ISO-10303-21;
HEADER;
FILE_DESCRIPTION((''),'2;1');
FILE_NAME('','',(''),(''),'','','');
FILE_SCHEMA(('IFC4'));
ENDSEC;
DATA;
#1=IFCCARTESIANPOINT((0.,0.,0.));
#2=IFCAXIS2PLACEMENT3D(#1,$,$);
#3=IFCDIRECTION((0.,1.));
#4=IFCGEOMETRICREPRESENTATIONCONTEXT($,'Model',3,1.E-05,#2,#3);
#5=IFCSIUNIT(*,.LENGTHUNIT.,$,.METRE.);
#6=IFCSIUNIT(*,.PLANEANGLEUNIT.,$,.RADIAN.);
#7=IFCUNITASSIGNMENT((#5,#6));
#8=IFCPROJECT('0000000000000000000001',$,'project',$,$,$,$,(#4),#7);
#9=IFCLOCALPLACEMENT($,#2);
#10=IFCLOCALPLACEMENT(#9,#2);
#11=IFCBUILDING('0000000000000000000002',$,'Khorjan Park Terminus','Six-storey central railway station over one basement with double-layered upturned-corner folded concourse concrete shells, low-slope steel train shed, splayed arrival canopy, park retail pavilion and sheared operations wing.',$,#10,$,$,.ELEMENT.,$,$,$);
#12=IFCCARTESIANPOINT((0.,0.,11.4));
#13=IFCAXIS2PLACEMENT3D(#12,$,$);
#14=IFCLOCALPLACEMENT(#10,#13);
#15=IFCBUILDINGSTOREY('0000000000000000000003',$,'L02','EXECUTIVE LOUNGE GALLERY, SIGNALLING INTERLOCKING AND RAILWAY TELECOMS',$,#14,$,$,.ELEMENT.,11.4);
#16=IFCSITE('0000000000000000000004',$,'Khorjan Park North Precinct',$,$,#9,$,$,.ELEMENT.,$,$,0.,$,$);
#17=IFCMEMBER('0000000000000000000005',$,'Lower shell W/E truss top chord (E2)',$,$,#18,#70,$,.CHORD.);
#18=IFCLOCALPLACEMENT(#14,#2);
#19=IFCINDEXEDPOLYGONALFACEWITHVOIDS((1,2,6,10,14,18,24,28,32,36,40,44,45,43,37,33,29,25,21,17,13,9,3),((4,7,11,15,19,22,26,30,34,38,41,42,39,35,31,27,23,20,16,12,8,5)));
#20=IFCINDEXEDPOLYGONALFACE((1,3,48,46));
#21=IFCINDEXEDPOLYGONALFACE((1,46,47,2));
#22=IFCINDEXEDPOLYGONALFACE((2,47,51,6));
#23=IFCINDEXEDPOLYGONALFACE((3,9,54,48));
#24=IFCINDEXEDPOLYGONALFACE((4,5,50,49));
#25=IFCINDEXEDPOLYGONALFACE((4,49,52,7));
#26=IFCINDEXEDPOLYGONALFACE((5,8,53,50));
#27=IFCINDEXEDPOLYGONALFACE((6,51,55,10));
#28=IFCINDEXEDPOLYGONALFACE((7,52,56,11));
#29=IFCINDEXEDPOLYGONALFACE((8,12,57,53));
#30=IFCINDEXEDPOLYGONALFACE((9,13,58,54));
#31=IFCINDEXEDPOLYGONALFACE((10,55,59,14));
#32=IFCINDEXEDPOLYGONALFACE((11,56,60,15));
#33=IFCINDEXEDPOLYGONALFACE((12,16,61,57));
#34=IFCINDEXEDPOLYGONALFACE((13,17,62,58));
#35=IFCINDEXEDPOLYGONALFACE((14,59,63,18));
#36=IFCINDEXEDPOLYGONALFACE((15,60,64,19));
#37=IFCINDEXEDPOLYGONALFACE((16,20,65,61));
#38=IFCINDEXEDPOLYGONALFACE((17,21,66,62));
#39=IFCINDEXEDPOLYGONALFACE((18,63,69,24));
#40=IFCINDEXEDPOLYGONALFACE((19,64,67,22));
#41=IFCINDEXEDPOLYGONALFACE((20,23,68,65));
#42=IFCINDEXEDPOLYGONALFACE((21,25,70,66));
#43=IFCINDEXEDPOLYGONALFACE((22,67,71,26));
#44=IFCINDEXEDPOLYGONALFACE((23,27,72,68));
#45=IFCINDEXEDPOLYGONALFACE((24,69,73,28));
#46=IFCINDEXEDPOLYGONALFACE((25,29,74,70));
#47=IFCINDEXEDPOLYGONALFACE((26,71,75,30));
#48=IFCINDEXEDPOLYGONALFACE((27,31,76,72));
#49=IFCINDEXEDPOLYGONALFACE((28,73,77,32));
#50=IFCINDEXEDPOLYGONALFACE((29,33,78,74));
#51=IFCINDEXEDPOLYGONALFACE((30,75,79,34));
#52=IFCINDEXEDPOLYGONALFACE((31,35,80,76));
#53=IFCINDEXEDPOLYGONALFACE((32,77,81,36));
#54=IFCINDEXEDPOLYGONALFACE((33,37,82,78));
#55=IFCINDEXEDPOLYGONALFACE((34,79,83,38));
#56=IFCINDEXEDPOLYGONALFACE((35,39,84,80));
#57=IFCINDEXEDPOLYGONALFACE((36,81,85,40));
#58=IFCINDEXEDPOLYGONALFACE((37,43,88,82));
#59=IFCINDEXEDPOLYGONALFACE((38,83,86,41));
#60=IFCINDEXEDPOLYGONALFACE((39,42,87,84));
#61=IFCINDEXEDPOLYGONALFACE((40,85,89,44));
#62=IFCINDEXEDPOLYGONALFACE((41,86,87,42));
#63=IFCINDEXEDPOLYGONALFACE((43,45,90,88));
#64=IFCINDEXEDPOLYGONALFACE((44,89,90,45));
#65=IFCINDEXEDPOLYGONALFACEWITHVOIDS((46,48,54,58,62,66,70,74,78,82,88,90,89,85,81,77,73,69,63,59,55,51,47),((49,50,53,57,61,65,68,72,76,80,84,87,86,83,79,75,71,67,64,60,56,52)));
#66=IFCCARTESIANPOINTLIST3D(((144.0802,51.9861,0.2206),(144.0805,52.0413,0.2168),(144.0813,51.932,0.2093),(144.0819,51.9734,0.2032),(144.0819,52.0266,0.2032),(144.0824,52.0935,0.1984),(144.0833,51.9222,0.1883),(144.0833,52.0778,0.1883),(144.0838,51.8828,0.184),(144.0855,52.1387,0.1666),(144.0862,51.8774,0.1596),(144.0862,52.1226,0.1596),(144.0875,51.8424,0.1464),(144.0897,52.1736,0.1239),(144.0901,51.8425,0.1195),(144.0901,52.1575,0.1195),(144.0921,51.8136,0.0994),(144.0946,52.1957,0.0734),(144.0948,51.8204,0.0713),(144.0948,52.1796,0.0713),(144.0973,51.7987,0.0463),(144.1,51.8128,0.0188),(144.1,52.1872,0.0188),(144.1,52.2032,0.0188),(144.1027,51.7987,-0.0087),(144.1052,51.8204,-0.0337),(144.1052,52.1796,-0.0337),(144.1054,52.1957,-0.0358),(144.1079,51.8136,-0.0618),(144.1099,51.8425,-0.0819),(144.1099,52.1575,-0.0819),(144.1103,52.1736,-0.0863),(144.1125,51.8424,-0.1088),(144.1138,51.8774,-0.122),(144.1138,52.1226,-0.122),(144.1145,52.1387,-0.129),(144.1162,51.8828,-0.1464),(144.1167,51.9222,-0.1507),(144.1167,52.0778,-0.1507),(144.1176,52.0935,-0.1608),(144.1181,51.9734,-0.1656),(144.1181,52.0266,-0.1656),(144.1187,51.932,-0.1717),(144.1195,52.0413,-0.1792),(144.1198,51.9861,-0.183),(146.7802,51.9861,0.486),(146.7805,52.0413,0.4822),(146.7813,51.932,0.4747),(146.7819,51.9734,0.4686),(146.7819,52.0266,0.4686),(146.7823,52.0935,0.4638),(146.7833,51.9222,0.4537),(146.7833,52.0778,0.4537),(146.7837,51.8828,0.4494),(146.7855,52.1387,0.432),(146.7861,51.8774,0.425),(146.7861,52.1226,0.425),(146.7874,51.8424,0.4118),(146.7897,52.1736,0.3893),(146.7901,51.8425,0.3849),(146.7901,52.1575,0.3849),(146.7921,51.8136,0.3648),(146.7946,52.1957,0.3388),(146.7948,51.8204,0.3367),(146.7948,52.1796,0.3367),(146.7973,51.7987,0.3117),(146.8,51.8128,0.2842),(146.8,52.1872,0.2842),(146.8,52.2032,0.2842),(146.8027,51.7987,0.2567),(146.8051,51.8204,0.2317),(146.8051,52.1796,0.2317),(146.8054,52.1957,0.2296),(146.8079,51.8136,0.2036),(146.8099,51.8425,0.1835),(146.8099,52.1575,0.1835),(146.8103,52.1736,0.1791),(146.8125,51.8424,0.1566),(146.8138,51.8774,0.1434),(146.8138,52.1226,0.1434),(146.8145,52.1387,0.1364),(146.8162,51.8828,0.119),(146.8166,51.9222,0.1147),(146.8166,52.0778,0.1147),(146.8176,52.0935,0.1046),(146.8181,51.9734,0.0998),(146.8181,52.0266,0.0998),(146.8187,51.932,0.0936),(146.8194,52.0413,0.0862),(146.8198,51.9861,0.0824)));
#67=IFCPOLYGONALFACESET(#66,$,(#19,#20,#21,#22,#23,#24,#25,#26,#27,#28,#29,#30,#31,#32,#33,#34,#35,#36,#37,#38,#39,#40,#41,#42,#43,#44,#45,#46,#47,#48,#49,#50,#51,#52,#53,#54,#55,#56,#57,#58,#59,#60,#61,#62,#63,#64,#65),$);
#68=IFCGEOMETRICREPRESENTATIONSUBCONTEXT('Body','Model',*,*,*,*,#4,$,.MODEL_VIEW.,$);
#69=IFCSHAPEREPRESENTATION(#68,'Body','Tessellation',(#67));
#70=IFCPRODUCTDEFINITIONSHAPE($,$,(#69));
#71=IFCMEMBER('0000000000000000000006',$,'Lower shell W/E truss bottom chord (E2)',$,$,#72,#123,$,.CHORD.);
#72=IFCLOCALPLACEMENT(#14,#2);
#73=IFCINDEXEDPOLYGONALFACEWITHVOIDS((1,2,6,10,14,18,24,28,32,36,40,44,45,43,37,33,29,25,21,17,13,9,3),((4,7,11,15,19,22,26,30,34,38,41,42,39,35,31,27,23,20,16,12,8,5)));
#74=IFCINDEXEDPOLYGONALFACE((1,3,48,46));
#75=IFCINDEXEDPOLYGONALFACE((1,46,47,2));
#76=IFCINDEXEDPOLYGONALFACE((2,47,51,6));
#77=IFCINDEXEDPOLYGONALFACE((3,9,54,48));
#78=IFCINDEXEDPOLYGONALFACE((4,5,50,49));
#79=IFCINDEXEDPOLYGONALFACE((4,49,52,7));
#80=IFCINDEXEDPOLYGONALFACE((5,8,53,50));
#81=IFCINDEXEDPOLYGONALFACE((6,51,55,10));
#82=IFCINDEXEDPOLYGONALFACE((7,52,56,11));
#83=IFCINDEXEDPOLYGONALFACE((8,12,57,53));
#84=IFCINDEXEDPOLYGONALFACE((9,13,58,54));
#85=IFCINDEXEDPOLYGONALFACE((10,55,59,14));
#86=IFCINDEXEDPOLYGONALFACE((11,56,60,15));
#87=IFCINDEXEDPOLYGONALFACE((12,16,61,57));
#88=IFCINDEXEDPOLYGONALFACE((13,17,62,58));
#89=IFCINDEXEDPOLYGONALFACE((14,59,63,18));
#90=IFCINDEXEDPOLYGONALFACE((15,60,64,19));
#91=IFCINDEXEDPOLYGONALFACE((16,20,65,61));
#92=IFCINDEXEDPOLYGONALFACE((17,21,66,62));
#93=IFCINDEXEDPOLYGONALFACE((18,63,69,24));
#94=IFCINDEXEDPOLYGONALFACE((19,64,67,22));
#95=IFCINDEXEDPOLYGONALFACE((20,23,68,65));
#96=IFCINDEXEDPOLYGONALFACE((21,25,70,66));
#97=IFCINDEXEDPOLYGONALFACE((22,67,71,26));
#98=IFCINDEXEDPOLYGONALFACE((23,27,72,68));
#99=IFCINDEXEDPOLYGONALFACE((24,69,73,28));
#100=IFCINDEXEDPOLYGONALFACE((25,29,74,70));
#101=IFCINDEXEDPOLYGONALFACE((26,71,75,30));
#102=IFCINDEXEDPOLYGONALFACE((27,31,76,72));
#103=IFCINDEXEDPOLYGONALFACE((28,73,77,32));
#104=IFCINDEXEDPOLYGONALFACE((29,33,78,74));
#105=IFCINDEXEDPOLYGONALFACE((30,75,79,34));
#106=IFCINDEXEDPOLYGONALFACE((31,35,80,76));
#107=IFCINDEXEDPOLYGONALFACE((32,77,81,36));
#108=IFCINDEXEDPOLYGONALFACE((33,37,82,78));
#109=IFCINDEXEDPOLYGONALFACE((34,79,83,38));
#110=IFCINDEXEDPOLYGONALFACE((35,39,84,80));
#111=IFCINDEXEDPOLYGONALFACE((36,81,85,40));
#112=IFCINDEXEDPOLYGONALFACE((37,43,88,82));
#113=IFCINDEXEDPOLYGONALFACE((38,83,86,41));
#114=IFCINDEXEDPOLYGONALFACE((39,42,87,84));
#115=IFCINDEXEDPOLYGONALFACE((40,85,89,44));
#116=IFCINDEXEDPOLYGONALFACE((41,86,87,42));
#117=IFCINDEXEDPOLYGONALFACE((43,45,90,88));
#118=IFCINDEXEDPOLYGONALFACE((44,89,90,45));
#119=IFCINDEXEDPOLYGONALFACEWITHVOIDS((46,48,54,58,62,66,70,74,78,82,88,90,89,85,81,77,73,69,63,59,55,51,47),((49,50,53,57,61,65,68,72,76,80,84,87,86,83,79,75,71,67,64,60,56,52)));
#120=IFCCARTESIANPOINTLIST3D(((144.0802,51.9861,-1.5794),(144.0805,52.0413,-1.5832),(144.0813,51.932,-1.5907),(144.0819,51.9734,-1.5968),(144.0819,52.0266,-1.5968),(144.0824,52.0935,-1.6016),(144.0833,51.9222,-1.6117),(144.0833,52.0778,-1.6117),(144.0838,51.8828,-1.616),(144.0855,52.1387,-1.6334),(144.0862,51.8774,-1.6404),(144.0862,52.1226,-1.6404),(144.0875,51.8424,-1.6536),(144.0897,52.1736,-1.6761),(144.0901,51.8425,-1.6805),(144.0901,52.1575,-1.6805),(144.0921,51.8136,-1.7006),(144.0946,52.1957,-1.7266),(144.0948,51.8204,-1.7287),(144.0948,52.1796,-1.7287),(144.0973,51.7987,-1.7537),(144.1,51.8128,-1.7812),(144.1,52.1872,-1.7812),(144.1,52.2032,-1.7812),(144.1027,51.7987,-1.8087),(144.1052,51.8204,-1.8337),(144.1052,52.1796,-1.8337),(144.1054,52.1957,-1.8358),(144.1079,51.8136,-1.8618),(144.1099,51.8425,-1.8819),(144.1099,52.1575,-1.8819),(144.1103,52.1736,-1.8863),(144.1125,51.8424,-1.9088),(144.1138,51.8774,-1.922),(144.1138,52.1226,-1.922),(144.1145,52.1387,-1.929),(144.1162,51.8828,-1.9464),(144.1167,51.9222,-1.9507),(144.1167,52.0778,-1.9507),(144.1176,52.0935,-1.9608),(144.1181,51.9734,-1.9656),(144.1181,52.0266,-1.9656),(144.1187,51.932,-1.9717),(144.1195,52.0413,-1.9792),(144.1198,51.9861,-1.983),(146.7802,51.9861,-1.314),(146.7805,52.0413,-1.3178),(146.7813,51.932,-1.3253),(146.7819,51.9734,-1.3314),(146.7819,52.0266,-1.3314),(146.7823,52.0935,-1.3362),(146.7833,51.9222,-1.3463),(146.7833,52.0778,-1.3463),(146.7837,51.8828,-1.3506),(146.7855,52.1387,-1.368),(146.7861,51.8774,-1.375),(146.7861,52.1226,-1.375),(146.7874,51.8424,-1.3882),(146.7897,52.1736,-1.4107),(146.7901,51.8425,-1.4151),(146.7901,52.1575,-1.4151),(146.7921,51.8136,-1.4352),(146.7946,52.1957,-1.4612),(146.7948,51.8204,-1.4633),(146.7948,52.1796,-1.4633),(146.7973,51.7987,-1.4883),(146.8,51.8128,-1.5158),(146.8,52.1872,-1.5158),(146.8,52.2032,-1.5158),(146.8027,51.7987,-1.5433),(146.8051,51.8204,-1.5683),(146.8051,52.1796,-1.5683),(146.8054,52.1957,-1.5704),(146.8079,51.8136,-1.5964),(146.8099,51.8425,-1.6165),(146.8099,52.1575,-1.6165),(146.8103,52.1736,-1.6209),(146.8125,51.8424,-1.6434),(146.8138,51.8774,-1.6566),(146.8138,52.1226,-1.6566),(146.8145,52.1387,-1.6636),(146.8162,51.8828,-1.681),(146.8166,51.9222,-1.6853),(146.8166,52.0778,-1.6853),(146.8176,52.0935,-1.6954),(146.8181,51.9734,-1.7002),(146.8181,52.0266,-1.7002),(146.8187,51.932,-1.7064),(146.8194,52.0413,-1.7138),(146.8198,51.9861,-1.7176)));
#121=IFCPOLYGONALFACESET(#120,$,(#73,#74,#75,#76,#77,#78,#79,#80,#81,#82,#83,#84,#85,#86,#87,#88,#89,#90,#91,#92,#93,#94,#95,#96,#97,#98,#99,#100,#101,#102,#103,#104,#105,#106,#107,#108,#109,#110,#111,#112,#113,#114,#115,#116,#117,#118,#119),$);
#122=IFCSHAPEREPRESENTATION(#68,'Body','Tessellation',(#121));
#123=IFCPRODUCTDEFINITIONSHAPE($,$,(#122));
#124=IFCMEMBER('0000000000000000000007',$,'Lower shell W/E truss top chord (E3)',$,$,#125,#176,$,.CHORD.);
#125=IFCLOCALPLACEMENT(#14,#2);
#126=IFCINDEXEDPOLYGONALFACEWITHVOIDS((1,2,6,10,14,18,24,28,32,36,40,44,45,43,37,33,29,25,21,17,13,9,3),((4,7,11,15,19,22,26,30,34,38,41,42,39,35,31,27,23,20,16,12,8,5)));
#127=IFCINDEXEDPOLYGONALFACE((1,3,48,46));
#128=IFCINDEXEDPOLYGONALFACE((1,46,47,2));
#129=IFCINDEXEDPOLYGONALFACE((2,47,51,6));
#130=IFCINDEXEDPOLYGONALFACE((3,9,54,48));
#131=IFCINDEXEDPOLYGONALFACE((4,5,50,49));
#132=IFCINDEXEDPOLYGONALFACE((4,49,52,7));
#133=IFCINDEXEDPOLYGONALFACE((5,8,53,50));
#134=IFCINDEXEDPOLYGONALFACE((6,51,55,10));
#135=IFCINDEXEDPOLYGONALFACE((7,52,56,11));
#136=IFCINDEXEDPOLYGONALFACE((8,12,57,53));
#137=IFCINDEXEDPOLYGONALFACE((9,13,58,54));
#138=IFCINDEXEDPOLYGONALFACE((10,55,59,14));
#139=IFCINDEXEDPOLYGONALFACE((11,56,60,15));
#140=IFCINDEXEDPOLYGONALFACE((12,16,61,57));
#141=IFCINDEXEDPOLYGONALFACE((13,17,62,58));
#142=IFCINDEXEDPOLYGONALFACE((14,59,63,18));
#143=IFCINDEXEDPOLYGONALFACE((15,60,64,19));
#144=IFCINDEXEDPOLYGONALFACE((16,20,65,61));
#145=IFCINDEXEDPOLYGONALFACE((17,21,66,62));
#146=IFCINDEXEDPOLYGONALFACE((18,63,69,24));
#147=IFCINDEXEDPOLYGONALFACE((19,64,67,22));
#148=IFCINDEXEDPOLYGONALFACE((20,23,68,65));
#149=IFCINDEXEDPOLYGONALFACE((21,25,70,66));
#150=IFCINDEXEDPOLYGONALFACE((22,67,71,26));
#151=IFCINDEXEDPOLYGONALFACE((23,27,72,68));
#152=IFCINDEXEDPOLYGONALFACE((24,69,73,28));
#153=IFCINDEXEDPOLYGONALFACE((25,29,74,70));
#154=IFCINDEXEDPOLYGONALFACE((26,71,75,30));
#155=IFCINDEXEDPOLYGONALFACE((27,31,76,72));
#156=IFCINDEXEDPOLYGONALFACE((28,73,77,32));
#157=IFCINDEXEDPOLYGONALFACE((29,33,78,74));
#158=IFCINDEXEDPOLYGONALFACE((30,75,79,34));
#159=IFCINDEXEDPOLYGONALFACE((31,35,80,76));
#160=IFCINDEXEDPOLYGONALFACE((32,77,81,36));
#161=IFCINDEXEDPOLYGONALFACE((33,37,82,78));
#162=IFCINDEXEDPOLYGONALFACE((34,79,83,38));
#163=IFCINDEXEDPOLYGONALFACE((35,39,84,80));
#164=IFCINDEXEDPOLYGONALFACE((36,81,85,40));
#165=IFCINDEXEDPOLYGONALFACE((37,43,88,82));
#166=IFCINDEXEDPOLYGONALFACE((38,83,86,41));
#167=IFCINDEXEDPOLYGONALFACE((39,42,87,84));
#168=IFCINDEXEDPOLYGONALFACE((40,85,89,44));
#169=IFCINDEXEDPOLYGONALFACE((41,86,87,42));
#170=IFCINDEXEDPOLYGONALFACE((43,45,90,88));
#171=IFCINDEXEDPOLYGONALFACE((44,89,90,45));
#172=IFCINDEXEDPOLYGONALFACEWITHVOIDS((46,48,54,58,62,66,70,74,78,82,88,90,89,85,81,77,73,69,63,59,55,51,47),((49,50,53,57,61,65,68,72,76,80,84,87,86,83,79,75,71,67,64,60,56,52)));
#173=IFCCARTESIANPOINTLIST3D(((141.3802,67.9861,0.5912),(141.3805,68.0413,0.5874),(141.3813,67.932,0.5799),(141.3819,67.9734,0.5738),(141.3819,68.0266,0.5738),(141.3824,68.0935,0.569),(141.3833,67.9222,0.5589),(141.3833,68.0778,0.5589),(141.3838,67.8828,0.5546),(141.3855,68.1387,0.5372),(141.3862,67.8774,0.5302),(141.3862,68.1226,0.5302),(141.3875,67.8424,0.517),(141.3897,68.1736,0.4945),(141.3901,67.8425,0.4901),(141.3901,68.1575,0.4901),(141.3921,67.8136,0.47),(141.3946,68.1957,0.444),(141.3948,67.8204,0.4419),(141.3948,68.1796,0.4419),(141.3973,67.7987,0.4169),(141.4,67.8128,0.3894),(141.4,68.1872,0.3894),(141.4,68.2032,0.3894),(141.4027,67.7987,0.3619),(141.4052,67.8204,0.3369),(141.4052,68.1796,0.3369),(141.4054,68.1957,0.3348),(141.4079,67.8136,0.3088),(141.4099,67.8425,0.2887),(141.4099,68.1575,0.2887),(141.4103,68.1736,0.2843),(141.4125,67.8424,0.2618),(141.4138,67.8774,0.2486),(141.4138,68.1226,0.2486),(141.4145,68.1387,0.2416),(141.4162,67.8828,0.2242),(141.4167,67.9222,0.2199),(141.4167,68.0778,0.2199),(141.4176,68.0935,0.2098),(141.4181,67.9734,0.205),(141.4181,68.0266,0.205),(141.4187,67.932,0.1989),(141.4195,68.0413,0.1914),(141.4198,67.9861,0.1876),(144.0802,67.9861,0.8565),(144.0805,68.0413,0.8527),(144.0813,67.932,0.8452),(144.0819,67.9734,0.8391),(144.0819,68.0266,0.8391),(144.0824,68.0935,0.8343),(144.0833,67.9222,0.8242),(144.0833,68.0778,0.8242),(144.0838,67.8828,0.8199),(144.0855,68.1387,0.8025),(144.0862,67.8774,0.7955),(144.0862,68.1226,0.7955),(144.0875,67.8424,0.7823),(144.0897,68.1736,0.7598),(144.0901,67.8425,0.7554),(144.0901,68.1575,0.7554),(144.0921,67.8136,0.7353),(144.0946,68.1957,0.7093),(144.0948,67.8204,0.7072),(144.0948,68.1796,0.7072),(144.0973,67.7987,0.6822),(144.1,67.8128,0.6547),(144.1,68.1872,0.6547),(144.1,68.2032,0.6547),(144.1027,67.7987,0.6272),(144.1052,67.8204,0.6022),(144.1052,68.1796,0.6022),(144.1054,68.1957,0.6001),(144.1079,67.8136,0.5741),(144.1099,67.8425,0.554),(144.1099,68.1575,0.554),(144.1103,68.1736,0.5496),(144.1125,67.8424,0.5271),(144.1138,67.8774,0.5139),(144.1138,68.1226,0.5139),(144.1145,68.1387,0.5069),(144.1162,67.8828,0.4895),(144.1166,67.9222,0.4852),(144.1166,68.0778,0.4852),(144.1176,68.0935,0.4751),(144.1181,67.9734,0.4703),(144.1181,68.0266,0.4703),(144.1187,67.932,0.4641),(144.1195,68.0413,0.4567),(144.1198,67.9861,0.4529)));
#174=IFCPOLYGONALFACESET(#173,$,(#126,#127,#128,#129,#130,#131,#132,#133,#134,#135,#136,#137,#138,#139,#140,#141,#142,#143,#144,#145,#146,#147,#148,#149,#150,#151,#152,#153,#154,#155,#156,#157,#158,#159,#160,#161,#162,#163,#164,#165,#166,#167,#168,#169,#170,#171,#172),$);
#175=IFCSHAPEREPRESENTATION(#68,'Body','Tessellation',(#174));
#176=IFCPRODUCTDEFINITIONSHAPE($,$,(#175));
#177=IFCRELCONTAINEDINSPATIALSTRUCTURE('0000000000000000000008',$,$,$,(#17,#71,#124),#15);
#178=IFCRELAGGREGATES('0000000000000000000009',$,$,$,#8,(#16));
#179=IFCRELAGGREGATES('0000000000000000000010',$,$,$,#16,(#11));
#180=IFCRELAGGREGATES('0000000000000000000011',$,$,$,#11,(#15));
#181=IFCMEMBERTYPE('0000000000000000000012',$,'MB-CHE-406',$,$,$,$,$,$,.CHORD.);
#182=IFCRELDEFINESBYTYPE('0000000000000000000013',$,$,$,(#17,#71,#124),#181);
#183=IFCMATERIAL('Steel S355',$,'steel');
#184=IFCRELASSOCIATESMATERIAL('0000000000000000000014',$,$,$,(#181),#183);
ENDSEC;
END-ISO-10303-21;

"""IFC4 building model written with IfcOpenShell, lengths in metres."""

from ifc_helpers import new_model, si_unit, direction, frame, origin, origin_2d, place, context, subcontext, project, spatial, hollow_circle, extrude, material, material_profile, profile_set, type_object, element, save


model = new_model("IFC4")

# Units and contexts
model_context = context("Model", 3, precision=1e-05, world=origin(), true_north=direction((0.0, 1.0)))
body_context = subcontext(model_context, "Body", "Model", "MODEL_VIEW")
ifc_project = project(units=[si_unit("LENGTHUNIT", "METRE"), si_unit("PLANEANGLEUNIT", "RADIAN")], contexts=[model_context])

# Site, building, storey
site_placement = place(None, origin())
site = spatial("IfcSite", under=ifc_project, at=site_placement, Name="Khorjan Park North Precinct", CompositionType="ELEMENT", RefElevation=0.0)
building_placement = place(site_placement, origin())
building = spatial("IfcBuilding", under=site, at=building_placement, Name="Khorjan Park Terminus", Description="Six-storey central railway station over one basement with double-layered upturned-corner folded concourse concrete shells, low-slope steel train shed, splayed arrival canopy, park retail pavilion and sheared operations wing.", CompositionType="ELEMENT")
storey_placement = place(building_placement, frame((0.0, 0.0, 11.4)))
storey = spatial("IfcBuildingStorey", under=building, at=storey_placement, Name="L02", Description="EXECUTIVE LOUNGE GALLERY, SIGNALLING INTERLOCKING AND RAILWAY TELECOMS", CompositionType="ELEMENT", Elevation=11.4)

# Members
ifc_material_1 = material(Name="Steel S355", Category="steel")
ifc_material_profile_1 = material_profile(ifc_material_1, hollow_circle(Radius=0.2032, WallThickness=0.016, at=origin_2d()), Name="CHS 406.4x16")
ifc_profile_set_1 = profile_set([ifc_material_profile_1], Name="Steel S355")
member_type_1 = type_object("IfcMemberType", Name="MB-CHE-406", PredefinedType="CHORD", material=ifc_profile_set_1)
for number, where, z_axis, x_axis, name in (
    (1, (144.1, 52.0, 0.0188), (0.995204, 0.0, 0.097825), (0.0, 1.0, 0.0), "Lower shell W/E truss top chord (E2)"),
    (2, (144.1, 52.0, -1.7812), (0.995204, 0.0, 0.097825), (0.0, 1.0, 0.0), "Lower shell W/E truss bottom chord (E2)"),
    (3, (141.4, 68.0, 0.3894), (0.995207, 0.0, 0.097788), (0.0, 1.0, 0.0), "Lower shell W/E truss top chord (E3)"),
):
    element("IfcMember", number, at=place(storey_placement, frame(where, z_axis=z_axis, x_axis=x_axis)), inside=storey, type_object=member_type_1, Name=name, PredefinedType="CHORD", context=body_context, shape_type="SweptSolid", body=[
        extrude(hollow_circle(Radius=0.2032, WallThickness=0.016, at=origin_2d()), origin(), (0.0, 0.0, 1.0), 2.713),
    ])

save(model, "model.ifc")
